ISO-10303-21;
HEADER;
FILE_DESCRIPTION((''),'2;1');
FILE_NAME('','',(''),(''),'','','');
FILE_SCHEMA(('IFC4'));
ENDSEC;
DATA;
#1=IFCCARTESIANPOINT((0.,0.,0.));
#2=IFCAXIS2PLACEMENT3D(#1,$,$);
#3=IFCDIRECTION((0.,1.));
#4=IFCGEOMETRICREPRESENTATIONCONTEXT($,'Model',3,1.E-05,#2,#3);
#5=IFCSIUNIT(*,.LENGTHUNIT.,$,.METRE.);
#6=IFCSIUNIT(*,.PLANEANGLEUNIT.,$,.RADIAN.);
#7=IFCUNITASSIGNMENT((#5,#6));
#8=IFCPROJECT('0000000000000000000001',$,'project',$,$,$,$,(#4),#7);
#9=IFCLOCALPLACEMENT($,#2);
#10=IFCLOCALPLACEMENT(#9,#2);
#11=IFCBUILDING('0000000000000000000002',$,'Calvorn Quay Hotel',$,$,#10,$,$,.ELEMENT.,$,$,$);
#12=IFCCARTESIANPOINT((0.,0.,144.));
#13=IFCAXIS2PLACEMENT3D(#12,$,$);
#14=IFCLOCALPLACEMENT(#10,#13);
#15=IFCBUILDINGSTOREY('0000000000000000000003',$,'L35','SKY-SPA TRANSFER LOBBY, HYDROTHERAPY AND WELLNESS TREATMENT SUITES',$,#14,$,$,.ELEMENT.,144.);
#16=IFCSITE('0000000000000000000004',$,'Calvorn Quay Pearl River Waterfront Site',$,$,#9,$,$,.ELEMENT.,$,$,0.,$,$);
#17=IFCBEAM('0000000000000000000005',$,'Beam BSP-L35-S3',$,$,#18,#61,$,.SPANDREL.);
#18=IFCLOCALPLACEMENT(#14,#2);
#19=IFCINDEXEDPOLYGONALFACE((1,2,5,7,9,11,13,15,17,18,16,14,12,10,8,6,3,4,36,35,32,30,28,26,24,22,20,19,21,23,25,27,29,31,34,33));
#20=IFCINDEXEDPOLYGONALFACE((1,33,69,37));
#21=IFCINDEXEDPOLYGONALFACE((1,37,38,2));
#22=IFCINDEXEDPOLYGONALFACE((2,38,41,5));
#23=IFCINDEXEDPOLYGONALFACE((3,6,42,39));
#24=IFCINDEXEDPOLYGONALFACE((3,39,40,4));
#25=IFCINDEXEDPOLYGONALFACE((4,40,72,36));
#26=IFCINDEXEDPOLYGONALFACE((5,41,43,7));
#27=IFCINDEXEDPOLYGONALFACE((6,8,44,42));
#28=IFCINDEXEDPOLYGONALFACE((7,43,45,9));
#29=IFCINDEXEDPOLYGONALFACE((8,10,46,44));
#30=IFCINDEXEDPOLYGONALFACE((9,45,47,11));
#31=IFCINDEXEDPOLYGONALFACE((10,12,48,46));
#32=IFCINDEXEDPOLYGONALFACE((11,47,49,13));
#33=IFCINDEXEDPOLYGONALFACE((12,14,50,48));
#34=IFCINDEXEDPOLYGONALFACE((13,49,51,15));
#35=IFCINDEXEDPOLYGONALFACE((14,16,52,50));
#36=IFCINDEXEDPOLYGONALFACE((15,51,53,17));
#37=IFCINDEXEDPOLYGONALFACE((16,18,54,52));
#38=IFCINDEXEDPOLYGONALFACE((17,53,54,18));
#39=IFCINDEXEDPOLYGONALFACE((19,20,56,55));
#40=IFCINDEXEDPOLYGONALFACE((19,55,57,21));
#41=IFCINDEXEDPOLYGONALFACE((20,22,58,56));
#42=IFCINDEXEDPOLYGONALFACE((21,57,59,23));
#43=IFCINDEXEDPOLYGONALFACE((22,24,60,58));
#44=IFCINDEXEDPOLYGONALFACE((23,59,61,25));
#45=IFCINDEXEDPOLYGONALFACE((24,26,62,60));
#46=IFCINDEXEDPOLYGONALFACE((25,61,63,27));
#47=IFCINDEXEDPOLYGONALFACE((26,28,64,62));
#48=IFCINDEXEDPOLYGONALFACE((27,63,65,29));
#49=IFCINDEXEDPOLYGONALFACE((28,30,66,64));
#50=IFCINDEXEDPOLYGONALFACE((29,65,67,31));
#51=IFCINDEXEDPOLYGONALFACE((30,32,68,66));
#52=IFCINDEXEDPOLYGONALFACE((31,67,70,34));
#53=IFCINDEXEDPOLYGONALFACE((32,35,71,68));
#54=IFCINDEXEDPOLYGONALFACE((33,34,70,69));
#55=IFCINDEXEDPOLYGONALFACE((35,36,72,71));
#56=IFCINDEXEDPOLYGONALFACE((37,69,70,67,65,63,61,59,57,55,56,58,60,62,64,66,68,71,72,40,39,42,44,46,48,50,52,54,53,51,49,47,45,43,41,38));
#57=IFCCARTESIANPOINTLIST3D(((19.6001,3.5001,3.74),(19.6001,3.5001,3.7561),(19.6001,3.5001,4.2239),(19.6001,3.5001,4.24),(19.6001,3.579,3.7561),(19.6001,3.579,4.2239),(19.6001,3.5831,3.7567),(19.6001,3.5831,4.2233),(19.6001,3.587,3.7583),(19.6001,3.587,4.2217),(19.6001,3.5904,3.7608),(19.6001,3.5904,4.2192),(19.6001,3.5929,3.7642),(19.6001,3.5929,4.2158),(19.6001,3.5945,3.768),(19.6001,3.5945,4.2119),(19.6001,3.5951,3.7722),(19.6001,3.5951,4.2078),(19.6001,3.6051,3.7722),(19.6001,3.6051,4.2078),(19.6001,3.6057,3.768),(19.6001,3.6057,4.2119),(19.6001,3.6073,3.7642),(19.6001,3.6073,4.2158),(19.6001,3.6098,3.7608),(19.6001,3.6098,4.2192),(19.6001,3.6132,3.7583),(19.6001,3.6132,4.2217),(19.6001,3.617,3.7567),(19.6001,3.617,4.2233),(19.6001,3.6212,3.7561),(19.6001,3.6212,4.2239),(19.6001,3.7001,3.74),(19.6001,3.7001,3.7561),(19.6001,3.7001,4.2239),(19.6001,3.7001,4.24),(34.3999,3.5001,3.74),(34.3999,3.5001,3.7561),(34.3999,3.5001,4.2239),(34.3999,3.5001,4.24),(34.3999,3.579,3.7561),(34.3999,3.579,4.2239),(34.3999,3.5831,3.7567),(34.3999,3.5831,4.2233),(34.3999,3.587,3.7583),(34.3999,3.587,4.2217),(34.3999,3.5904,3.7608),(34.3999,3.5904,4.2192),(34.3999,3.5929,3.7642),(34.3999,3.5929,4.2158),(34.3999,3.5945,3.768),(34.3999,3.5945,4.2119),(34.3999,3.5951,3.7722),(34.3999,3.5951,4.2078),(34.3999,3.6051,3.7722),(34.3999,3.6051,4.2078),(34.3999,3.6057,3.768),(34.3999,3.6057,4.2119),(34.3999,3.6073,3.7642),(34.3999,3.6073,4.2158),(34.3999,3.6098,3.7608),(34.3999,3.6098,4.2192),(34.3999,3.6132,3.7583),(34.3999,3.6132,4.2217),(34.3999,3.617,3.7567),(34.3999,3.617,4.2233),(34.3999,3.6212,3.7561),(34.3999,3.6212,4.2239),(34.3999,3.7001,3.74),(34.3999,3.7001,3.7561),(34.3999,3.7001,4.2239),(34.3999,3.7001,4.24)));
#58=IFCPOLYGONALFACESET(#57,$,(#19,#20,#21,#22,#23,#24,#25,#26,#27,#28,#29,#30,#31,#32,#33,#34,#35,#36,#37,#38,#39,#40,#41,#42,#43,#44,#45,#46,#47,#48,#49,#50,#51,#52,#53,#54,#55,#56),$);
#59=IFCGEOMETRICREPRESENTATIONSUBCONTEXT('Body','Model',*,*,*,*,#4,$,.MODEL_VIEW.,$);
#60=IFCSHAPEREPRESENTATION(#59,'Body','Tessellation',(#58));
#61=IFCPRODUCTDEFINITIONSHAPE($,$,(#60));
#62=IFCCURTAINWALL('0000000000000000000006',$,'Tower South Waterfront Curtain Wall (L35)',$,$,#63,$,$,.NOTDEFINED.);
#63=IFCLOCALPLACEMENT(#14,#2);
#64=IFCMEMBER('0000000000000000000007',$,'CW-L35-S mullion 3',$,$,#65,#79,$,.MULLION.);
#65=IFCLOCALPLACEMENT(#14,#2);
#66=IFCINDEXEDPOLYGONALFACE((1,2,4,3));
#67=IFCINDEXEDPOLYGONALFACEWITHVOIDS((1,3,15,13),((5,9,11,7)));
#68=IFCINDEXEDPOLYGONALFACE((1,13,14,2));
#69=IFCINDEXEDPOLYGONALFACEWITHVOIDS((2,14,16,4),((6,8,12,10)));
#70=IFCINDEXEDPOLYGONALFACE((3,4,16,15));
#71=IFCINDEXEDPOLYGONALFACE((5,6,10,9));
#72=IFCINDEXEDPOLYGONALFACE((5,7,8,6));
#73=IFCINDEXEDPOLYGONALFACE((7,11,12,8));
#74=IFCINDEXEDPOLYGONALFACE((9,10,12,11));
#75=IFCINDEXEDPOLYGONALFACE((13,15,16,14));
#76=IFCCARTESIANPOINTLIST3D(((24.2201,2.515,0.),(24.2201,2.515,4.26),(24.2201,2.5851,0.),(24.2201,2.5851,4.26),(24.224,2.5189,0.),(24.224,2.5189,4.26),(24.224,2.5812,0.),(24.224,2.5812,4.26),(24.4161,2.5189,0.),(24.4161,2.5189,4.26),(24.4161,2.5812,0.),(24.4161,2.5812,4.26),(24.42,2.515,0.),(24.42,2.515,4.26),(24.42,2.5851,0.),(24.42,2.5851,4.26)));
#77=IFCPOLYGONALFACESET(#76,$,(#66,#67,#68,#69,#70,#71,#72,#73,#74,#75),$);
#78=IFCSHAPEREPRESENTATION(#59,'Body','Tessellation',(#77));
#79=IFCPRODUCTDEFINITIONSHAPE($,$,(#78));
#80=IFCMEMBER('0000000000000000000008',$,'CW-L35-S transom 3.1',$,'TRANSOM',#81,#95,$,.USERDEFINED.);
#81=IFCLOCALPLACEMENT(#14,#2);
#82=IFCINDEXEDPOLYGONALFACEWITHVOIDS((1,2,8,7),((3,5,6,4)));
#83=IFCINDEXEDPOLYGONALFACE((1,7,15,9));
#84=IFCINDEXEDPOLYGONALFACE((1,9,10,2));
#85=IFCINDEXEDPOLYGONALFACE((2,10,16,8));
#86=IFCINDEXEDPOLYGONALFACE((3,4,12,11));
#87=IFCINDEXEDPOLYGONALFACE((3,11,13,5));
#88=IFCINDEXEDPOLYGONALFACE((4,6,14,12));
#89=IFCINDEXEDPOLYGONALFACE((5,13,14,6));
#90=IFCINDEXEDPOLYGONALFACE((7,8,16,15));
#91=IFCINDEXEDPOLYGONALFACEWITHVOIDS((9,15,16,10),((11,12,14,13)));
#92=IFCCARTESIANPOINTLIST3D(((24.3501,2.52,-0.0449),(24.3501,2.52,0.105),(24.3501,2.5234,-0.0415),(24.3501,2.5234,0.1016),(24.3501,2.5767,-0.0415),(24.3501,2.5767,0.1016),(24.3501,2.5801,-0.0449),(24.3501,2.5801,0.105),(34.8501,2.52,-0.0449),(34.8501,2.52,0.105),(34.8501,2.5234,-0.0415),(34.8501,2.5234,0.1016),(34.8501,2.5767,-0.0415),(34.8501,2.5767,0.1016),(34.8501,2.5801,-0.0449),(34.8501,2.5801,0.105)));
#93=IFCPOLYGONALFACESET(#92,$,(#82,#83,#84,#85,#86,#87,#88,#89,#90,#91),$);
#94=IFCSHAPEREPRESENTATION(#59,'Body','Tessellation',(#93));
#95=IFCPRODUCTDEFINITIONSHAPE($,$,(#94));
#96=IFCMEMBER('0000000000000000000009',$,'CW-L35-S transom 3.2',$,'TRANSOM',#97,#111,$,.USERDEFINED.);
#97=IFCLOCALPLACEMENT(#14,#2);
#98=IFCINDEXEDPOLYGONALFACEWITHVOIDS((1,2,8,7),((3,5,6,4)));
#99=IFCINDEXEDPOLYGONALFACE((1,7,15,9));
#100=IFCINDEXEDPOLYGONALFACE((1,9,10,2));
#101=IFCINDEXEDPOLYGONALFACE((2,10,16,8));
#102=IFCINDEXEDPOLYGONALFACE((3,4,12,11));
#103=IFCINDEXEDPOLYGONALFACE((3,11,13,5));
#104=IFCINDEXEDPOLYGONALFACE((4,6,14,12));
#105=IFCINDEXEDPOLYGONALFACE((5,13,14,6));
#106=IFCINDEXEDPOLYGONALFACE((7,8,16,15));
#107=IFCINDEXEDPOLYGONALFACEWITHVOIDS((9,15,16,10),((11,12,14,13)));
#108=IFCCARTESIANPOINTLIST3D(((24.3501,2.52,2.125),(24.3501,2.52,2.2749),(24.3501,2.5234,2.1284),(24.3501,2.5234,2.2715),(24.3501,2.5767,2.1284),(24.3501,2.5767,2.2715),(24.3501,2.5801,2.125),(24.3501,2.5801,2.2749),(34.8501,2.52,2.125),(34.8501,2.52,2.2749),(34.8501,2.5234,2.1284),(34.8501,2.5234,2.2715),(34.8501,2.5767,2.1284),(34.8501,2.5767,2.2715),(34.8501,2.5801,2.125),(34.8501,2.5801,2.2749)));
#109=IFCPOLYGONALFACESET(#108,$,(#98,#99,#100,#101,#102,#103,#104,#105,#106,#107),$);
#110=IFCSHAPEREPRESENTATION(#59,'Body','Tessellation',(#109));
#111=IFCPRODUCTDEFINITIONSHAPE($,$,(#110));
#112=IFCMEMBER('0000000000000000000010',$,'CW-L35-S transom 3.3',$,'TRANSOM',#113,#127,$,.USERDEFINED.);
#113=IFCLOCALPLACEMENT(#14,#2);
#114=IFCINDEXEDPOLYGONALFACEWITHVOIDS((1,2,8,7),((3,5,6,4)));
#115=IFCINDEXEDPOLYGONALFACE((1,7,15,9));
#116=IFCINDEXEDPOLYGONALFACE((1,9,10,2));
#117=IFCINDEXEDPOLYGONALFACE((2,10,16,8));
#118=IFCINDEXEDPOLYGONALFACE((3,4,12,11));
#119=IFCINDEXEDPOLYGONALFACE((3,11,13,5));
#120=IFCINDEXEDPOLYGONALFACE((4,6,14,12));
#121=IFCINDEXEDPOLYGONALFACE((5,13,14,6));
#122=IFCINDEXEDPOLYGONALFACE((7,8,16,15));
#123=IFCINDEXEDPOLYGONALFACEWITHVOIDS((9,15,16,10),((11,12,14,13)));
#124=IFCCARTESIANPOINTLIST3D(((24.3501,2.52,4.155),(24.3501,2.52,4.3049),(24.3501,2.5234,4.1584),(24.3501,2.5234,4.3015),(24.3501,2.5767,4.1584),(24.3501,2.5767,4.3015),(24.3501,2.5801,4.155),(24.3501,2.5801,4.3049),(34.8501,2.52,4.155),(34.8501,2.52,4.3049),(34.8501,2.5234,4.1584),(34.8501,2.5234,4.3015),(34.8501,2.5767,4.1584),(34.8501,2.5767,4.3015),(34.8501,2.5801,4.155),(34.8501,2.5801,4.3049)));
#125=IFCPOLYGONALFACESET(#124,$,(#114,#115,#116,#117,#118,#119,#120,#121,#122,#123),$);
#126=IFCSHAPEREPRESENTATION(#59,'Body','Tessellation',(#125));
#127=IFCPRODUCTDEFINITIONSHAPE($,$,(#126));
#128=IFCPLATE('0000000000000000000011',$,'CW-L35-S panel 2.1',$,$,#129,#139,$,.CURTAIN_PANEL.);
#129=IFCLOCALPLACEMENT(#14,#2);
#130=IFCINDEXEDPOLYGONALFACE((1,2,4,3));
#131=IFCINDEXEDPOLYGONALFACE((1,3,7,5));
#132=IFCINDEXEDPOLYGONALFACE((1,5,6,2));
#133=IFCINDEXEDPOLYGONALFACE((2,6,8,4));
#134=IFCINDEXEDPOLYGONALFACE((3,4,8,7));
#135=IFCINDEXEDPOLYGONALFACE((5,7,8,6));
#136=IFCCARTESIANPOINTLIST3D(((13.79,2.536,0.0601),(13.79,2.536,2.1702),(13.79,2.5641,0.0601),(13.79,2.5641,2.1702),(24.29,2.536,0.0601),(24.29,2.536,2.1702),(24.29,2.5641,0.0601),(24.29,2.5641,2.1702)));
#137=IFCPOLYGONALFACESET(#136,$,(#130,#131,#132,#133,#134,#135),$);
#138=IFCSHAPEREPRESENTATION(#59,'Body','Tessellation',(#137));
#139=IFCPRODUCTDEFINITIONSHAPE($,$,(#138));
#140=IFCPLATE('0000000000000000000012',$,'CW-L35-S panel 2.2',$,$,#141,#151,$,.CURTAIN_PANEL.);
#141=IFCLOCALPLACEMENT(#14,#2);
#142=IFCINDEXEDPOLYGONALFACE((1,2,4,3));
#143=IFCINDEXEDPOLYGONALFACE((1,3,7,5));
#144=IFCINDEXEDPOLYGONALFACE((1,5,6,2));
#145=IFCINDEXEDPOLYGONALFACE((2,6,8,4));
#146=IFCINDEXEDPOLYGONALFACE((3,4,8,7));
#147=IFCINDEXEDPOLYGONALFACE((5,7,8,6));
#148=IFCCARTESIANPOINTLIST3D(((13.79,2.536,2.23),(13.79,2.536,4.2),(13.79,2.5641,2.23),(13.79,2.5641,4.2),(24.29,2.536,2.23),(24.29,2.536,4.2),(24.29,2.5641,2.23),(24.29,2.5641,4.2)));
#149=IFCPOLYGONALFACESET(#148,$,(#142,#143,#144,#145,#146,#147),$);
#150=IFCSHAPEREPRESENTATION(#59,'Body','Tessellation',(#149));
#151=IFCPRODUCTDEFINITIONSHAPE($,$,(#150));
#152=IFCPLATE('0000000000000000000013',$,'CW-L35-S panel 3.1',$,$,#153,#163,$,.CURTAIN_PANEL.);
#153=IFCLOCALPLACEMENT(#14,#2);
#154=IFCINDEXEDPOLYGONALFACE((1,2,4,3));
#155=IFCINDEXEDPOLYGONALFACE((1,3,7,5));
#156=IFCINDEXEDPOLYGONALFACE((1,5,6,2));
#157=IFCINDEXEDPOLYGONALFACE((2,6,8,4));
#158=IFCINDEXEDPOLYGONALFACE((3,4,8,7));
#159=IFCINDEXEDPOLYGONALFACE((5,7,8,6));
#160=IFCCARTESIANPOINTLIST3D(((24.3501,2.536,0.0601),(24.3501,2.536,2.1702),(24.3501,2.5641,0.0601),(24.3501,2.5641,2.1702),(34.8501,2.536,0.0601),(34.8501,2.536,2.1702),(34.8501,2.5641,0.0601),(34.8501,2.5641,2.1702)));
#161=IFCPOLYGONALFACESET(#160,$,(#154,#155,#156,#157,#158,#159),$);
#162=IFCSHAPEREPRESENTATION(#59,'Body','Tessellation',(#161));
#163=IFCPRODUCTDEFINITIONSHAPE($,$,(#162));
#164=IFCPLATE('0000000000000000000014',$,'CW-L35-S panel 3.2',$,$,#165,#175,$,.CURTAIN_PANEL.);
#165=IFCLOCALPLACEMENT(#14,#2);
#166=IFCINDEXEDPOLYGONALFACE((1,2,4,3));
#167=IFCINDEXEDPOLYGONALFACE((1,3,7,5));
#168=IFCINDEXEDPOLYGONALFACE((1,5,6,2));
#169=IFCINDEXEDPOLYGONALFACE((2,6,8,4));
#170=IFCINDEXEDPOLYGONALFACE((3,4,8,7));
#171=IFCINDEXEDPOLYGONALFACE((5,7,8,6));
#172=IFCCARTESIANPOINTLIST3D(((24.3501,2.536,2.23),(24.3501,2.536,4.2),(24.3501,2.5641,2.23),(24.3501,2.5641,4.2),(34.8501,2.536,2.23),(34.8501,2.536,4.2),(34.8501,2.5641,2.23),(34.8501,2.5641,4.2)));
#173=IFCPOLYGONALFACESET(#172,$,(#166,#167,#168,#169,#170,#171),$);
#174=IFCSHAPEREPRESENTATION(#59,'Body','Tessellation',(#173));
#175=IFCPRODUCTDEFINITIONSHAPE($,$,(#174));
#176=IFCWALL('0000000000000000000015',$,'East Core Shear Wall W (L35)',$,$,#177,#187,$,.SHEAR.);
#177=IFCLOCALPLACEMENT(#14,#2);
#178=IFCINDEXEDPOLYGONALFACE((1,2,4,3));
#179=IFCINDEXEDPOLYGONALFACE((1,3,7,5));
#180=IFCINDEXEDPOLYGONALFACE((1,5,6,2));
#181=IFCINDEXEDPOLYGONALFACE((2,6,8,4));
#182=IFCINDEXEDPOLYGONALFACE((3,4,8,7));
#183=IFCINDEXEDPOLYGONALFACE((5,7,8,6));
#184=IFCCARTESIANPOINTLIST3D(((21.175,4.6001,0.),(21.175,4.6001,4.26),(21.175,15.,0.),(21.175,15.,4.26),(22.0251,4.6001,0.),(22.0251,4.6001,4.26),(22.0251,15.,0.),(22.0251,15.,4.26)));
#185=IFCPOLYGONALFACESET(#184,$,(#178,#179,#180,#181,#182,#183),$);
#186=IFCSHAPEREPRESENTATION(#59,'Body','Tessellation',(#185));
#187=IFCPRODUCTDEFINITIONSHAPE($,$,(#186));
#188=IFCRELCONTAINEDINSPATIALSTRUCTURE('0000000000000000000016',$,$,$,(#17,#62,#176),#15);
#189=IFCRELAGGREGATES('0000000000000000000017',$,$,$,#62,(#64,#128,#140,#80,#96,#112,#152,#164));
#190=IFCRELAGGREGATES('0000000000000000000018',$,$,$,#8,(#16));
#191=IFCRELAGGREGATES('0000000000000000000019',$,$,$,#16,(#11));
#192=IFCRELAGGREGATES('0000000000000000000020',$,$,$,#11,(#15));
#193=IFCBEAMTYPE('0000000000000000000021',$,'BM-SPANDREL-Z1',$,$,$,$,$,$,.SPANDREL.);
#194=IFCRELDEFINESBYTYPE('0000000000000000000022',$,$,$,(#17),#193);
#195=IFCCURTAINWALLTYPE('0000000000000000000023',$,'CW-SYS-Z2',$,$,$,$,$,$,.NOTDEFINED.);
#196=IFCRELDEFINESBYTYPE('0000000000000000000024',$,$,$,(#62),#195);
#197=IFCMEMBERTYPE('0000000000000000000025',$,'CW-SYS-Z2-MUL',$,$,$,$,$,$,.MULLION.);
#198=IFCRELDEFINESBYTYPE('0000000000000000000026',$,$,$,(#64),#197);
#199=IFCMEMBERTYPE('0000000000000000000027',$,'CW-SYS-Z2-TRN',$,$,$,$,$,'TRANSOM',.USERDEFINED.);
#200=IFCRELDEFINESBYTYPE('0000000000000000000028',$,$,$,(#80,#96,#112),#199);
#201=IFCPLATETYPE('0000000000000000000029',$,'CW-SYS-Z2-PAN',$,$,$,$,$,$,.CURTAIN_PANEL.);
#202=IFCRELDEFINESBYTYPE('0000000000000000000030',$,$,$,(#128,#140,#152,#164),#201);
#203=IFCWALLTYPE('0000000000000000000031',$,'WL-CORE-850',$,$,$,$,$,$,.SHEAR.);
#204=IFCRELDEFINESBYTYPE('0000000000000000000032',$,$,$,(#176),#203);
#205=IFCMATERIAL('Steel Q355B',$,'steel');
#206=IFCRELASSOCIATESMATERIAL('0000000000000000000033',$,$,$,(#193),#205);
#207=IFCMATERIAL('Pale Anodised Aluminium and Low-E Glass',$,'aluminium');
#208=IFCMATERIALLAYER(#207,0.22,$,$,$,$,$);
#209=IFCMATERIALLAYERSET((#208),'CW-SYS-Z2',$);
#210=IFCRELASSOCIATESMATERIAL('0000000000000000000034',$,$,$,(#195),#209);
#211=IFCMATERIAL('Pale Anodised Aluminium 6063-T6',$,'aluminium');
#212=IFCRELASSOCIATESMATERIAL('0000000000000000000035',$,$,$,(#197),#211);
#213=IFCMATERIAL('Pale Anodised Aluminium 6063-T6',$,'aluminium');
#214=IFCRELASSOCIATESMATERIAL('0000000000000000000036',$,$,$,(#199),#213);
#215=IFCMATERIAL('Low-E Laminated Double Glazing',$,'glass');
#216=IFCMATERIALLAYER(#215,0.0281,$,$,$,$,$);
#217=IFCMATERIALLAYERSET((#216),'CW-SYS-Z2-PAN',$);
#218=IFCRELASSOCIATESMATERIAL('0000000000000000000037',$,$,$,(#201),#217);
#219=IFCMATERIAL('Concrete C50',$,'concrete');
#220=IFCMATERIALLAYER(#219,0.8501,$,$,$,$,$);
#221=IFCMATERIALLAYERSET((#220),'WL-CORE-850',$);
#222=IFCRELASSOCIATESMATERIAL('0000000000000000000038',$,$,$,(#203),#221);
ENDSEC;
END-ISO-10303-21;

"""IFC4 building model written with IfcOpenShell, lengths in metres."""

from ifc_helpers import new_model, si_unit, direction, frame, frame_2d, origin, origin_2d, place, context, subcontext, project, spatial, rectangle, hollow_rectangle, i_section, extrude, material, layer, layer_set, material_profile, profile_set, type_object, element, aggregate, save


model = new_model("IFC4")

# Units and contexts
model_context = context("Model", 3, precision=1e-05, world=origin(), true_north=direction((0.0, 1.0)))
body_context = subcontext(model_context, "Body", "Model", "MODEL_VIEW")
ifc_project = project(units=[si_unit("LENGTHUNIT", "METRE"), si_unit("PLANEANGLEUNIT", "RADIAN")], contexts=[model_context])

# Site, building, storey
site_placement = place(None, origin())
site = spatial("IfcSite", under=ifc_project, at=site_placement, Name="Calvorn Quay Pearl River Waterfront Site", CompositionType="ELEMENT", RefElevation=0.0)
building_placement = place(site_placement, origin())
building = spatial("IfcBuilding", under=site, at=building_placement, Name="Calvorn Quay Hotel", CompositionType="ELEMENT")
storey_placement = place(building_placement, frame((0.0, 0.0, 144.0)))
storey = spatial("IfcBuildingStorey", under=building, at=storey_placement, Name="L35", Description="SKY-SPA TRANSFER LOBBY, HYDROTHERAPY AND WELLNESS TREATMENT SUITES", CompositionType="ELEMENT", Elevation=144.0)

# Beam
ifc_material_1 = material(Name="Steel Q355B", Category="steel")
ifc_material_profile_1 = material_profile(ifc_material_1, i_section(OverallWidth=0.2, OverallDepth=0.5, WebThickness=0.01, FlangeThickness=0.0161, FilletRadius=0.0161, at=origin_2d()), Name="HN500x200x10x16")
ifc_profile_set_1 = profile_set([ifc_material_profile_1], Name="Steel Q355B")
beam_type_1 = type_object("IfcBeamType", Name="BM-SPANDREL-Z1", PredefinedType="SPANDREL", material=ifc_profile_set_1)
beam_1_placement = place(storey_placement, frame((19.6001, 3.6001, 3.99), z_axis=(1.0, 0.0, 0.0), x_axis=(0.0, 1.0, 0.0)))
element("IfcBeam", 1, at=beam_1_placement, inside=storey, type_object=beam_type_1, Name="Beam BSP-L35-S3", PredefinedType="SPANDREL", context=body_context, shape_type="SweptSolid", body=[
    extrude(i_section(OverallWidth=0.2, OverallDepth=0.5, WebThickness=0.01, FlangeThickness=0.0161, FilletRadius=0.0161, at=origin_2d()), origin(), (0.0, 0.0, 1.0), 14.7998),
])

# Curtain wall, members, plates
ifc_material_2 = material(Name="Pale Anodised Aluminium and Low-E Glass", Category="aluminium")
ifc_layer_1 = layer(ifc_material_2, 0.22)
ifc_layer_set_1 = layer_set([ifc_layer_1], Name="CW-SYS-Z2")
curtain_wall_type = type_object("IfcCurtainWallType", Name="CW-SYS-Z2", PredefinedType="NOTDEFINED", material=ifc_layer_set_1)
curtain_wall_placement = place(storey_placement, origin())
curtain_wall = element("IfcCurtainWall", 2, at=curtain_wall_placement, inside=storey, type_object=curtain_wall_type, Name="Tower South Waterfront Curtain Wall (L35)", PredefinedType="NOTDEFINED")
ifc_material_3 = material(Name="Pale Anodised Aluminium 6063-T6", Category="aluminium")
ifc_material_profile_2 = material_profile(ifc_material_3, hollow_rectangle(XDim=0.0701, YDim=0.2, WallThickness=0.0039, at=origin_2d()), Name="ALU-M200x70x4")
ifc_profile_set_2 = profile_set([ifc_material_profile_2], Name="Pale Anodised Aluminium 6063-T6")
member_type_1 = type_object("IfcMemberType", Name="CW-SYS-Z2-MUL", PredefinedType="MULLION", material=ifc_profile_set_2)
member_1_placement = place(storey_placement, frame((24.3201, 2.55, 0.0), z_axis=(0.0, 0.0, 1.0), x_axis=(0.0, 1.0, 0.0)))
member_1 = element("IfcMember", 3, at=member_1_placement, type_object=member_type_1, Name="CW-L35-S mullion 3", PredefinedType="MULLION", context=body_context, shape_type="SweptSolid", body=[
    extrude(hollow_rectangle(XDim=0.0701, YDim=0.2, WallThickness=0.0039, at=origin_2d()), origin(), (0.0, 0.0, 1.0), 4.26),
])
ifc_material_4 = material(Name="Pale Anodised Aluminium 6063-T6", Category="aluminium")
ifc_material_profile_3 = material_profile(ifc_material_4, hollow_rectangle(XDim=0.0601, YDim=0.1499, WallThickness=0.0034, at=origin_2d()), Name="ALU-T150x60x3.5")
ifc_profile_set_3 = profile_set([ifc_material_profile_3], Name="Pale Anodised Aluminium 6063-T6")
member_type_2 = type_object("IfcMemberType", Name="CW-SYS-Z2-TRN", ElementType="TRANSOM", PredefinedType="USERDEFINED", material=ifc_profile_set_3)
member_2_placement = place(storey_placement, frame((24.3501, 2.55, 0.03), z_axis=(1.0, 0.0, 0.0), x_axis=(0.0, 1.0, 0.0)))
member_2 = element("IfcMember", 4, at=member_2_placement, type_object=member_type_2, Name="CW-L35-S transom 3.1", ObjectType="TRANSOM", PredefinedType="USERDEFINED", context=body_context, shape_type="SweptSolid", body=[
    extrude(hollow_rectangle(XDim=0.0601, YDim=0.1499, WallThickness=0.0034, at=origin_2d()), origin(), (0.0, 0.0, 1.0), 10.5),
])
member_3_placement = place(storey_placement, frame((24.3501, 2.55, 2.2), z_axis=(1.0, 0.0, 0.0), x_axis=(0.0, 1.0, 0.0)))
member_3 = element("IfcMember", 5, at=member_3_placement, type_object=member_type_2, Name="CW-L35-S transom 3.2", ObjectType="TRANSOM", PredefinedType="USERDEFINED", context=body_context, shape_type="SweptSolid", body=[
    extrude(hollow_rectangle(XDim=0.0601, YDim=0.1499, WallThickness=0.0034, at=origin_2d()), origin(), (0.0, 0.0, 1.0), 10.5),
])
member_4_placement = place(storey_placement, frame((24.3501, 2.55, 4.23), z_axis=(1.0, 0.0, 0.0), x_axis=(0.0, 1.0, 0.0)))
member_4 = element("IfcMember", 6, at=member_4_placement, type_object=member_type_2, Name="CW-L35-S transom 3.3", ObjectType="TRANSOM", PredefinedType="USERDEFINED", context=body_context, shape_type="SweptSolid", body=[
    extrude(hollow_rectangle(XDim=0.0601, YDim=0.1499, WallThickness=0.0034, at=origin_2d()), origin(), (0.0, 0.0, 1.0), 10.5),
])
ifc_material_5 = material(Name="Low-E Laminated Double Glazing", Category="glass")
ifc_layer_2 = layer(ifc_material_5, 0.0281)
ifc_layer_set_2 = layer_set([ifc_layer_2], Name="CW-SYS-Z2-PAN")
plate_type = type_object("IfcPlateType", Name="CW-SYS-Z2-PAN", PredefinedType="CURTAIN_PANEL", material=ifc_layer_set_2)
plate_1_placement = place(storey_placement, frame((19.04, 2.55, 0.0601), z_axis=(0.0, 0.0, 1.0), x_axis=(1.0, 0.0, 0.0)))
plate_1 = element("IfcPlate", 7, at=plate_1_placement, type_object=plate_type, Name="CW-L35-S panel 2.1", PredefinedType="CURTAIN_PANEL", context=body_context, shape_type="SweptSolid", body=[
    extrude(rectangle(XDim=10.5, YDim=0.0281, at=origin_2d()), origin(), (0.0, 0.0, 1.0), 2.1101),
])
plate_2_placement = place(storey_placement, frame((19.04, 2.55, 2.23), z_axis=(0.0, 0.0, 1.0), x_axis=(1.0, 0.0, 0.0)))
plate_2 = element("IfcPlate", 8, at=plate_2_placement, type_object=plate_type, Name="CW-L35-S panel 2.2", PredefinedType="CURTAIN_PANEL", context=body_context, shape_type="SweptSolid", body=[
    extrude(rectangle(XDim=10.5, YDim=0.0281, at=origin_2d()), origin(), (0.0, 0.0, 1.0), 1.97),
])
plate_3_placement = place(storey_placement, frame((29.6001, 2.55, 0.0601), z_axis=(0.0, 0.0, 1.0), x_axis=(1.0, 0.0, 0.0)))
plate_3 = element("IfcPlate", 9, at=plate_3_placement, type_object=plate_type, Name="CW-L35-S panel 3.1", PredefinedType="CURTAIN_PANEL", context=body_context, shape_type="SweptSolid", body=[
    extrude(rectangle(XDim=10.5, YDim=0.0281, at=origin_2d()), origin(), (0.0, 0.0, 1.0), 2.1101),
])
plate_4_placement = place(storey_placement, frame((29.6001, 2.55, 2.23), z_axis=(0.0, 0.0, 1.0), x_axis=(1.0, 0.0, 0.0)))
plate_4 = element("IfcPlate", 10, at=plate_4_placement, type_object=plate_type, Name="CW-L35-S panel 3.2", PredefinedType="CURTAIN_PANEL", context=body_context, shape_type="SweptSolid", body=[
    extrude(rectangle(XDim=10.5, YDim=0.0281, at=origin_2d()), origin(), (0.0, 0.0, 1.0), 1.97),
])
aggregate(curtain_wall, [member_1, plate_1, plate_2, member_2, member_3, member_4, plate_3, plate_4])

# Wall
ifc_material_6 = material(Name="Concrete C50", Category="concrete")
ifc_layer_3 = layer(ifc_material_6, 0.8501)
ifc_layer_set_3 = layer_set([ifc_layer_3], Name="WL-CORE-850")
wall_type_1 = type_object("IfcWallType", Name="WL-CORE-850", PredefinedType="SHEAR", material=ifc_layer_set_3)
for number, where, z_axis, x_axis, name in (
    (11, (21.6001, 4.6001, 0.0), (0.0, 0.0, 1.0), (0.0, 1.0, 0.0), "East Core Shear Wall W (L35)"),
):
    element("IfcWall", number, at=place(storey_placement, frame(where, z_axis=z_axis, x_axis=x_axis)), inside=storey, type_object=wall_type_1, Name=name, PredefinedType="SHEAR", context=body_context, shape_type="SweptSolid", body=[
        extrude(rectangle(XDim=10.3999, YDim=0.8501, at=frame_2d((5.2, 0.0))), origin(), (0.0, 0.0, 1.0), 4.26),
    ])

save(model, "model.ifc")
